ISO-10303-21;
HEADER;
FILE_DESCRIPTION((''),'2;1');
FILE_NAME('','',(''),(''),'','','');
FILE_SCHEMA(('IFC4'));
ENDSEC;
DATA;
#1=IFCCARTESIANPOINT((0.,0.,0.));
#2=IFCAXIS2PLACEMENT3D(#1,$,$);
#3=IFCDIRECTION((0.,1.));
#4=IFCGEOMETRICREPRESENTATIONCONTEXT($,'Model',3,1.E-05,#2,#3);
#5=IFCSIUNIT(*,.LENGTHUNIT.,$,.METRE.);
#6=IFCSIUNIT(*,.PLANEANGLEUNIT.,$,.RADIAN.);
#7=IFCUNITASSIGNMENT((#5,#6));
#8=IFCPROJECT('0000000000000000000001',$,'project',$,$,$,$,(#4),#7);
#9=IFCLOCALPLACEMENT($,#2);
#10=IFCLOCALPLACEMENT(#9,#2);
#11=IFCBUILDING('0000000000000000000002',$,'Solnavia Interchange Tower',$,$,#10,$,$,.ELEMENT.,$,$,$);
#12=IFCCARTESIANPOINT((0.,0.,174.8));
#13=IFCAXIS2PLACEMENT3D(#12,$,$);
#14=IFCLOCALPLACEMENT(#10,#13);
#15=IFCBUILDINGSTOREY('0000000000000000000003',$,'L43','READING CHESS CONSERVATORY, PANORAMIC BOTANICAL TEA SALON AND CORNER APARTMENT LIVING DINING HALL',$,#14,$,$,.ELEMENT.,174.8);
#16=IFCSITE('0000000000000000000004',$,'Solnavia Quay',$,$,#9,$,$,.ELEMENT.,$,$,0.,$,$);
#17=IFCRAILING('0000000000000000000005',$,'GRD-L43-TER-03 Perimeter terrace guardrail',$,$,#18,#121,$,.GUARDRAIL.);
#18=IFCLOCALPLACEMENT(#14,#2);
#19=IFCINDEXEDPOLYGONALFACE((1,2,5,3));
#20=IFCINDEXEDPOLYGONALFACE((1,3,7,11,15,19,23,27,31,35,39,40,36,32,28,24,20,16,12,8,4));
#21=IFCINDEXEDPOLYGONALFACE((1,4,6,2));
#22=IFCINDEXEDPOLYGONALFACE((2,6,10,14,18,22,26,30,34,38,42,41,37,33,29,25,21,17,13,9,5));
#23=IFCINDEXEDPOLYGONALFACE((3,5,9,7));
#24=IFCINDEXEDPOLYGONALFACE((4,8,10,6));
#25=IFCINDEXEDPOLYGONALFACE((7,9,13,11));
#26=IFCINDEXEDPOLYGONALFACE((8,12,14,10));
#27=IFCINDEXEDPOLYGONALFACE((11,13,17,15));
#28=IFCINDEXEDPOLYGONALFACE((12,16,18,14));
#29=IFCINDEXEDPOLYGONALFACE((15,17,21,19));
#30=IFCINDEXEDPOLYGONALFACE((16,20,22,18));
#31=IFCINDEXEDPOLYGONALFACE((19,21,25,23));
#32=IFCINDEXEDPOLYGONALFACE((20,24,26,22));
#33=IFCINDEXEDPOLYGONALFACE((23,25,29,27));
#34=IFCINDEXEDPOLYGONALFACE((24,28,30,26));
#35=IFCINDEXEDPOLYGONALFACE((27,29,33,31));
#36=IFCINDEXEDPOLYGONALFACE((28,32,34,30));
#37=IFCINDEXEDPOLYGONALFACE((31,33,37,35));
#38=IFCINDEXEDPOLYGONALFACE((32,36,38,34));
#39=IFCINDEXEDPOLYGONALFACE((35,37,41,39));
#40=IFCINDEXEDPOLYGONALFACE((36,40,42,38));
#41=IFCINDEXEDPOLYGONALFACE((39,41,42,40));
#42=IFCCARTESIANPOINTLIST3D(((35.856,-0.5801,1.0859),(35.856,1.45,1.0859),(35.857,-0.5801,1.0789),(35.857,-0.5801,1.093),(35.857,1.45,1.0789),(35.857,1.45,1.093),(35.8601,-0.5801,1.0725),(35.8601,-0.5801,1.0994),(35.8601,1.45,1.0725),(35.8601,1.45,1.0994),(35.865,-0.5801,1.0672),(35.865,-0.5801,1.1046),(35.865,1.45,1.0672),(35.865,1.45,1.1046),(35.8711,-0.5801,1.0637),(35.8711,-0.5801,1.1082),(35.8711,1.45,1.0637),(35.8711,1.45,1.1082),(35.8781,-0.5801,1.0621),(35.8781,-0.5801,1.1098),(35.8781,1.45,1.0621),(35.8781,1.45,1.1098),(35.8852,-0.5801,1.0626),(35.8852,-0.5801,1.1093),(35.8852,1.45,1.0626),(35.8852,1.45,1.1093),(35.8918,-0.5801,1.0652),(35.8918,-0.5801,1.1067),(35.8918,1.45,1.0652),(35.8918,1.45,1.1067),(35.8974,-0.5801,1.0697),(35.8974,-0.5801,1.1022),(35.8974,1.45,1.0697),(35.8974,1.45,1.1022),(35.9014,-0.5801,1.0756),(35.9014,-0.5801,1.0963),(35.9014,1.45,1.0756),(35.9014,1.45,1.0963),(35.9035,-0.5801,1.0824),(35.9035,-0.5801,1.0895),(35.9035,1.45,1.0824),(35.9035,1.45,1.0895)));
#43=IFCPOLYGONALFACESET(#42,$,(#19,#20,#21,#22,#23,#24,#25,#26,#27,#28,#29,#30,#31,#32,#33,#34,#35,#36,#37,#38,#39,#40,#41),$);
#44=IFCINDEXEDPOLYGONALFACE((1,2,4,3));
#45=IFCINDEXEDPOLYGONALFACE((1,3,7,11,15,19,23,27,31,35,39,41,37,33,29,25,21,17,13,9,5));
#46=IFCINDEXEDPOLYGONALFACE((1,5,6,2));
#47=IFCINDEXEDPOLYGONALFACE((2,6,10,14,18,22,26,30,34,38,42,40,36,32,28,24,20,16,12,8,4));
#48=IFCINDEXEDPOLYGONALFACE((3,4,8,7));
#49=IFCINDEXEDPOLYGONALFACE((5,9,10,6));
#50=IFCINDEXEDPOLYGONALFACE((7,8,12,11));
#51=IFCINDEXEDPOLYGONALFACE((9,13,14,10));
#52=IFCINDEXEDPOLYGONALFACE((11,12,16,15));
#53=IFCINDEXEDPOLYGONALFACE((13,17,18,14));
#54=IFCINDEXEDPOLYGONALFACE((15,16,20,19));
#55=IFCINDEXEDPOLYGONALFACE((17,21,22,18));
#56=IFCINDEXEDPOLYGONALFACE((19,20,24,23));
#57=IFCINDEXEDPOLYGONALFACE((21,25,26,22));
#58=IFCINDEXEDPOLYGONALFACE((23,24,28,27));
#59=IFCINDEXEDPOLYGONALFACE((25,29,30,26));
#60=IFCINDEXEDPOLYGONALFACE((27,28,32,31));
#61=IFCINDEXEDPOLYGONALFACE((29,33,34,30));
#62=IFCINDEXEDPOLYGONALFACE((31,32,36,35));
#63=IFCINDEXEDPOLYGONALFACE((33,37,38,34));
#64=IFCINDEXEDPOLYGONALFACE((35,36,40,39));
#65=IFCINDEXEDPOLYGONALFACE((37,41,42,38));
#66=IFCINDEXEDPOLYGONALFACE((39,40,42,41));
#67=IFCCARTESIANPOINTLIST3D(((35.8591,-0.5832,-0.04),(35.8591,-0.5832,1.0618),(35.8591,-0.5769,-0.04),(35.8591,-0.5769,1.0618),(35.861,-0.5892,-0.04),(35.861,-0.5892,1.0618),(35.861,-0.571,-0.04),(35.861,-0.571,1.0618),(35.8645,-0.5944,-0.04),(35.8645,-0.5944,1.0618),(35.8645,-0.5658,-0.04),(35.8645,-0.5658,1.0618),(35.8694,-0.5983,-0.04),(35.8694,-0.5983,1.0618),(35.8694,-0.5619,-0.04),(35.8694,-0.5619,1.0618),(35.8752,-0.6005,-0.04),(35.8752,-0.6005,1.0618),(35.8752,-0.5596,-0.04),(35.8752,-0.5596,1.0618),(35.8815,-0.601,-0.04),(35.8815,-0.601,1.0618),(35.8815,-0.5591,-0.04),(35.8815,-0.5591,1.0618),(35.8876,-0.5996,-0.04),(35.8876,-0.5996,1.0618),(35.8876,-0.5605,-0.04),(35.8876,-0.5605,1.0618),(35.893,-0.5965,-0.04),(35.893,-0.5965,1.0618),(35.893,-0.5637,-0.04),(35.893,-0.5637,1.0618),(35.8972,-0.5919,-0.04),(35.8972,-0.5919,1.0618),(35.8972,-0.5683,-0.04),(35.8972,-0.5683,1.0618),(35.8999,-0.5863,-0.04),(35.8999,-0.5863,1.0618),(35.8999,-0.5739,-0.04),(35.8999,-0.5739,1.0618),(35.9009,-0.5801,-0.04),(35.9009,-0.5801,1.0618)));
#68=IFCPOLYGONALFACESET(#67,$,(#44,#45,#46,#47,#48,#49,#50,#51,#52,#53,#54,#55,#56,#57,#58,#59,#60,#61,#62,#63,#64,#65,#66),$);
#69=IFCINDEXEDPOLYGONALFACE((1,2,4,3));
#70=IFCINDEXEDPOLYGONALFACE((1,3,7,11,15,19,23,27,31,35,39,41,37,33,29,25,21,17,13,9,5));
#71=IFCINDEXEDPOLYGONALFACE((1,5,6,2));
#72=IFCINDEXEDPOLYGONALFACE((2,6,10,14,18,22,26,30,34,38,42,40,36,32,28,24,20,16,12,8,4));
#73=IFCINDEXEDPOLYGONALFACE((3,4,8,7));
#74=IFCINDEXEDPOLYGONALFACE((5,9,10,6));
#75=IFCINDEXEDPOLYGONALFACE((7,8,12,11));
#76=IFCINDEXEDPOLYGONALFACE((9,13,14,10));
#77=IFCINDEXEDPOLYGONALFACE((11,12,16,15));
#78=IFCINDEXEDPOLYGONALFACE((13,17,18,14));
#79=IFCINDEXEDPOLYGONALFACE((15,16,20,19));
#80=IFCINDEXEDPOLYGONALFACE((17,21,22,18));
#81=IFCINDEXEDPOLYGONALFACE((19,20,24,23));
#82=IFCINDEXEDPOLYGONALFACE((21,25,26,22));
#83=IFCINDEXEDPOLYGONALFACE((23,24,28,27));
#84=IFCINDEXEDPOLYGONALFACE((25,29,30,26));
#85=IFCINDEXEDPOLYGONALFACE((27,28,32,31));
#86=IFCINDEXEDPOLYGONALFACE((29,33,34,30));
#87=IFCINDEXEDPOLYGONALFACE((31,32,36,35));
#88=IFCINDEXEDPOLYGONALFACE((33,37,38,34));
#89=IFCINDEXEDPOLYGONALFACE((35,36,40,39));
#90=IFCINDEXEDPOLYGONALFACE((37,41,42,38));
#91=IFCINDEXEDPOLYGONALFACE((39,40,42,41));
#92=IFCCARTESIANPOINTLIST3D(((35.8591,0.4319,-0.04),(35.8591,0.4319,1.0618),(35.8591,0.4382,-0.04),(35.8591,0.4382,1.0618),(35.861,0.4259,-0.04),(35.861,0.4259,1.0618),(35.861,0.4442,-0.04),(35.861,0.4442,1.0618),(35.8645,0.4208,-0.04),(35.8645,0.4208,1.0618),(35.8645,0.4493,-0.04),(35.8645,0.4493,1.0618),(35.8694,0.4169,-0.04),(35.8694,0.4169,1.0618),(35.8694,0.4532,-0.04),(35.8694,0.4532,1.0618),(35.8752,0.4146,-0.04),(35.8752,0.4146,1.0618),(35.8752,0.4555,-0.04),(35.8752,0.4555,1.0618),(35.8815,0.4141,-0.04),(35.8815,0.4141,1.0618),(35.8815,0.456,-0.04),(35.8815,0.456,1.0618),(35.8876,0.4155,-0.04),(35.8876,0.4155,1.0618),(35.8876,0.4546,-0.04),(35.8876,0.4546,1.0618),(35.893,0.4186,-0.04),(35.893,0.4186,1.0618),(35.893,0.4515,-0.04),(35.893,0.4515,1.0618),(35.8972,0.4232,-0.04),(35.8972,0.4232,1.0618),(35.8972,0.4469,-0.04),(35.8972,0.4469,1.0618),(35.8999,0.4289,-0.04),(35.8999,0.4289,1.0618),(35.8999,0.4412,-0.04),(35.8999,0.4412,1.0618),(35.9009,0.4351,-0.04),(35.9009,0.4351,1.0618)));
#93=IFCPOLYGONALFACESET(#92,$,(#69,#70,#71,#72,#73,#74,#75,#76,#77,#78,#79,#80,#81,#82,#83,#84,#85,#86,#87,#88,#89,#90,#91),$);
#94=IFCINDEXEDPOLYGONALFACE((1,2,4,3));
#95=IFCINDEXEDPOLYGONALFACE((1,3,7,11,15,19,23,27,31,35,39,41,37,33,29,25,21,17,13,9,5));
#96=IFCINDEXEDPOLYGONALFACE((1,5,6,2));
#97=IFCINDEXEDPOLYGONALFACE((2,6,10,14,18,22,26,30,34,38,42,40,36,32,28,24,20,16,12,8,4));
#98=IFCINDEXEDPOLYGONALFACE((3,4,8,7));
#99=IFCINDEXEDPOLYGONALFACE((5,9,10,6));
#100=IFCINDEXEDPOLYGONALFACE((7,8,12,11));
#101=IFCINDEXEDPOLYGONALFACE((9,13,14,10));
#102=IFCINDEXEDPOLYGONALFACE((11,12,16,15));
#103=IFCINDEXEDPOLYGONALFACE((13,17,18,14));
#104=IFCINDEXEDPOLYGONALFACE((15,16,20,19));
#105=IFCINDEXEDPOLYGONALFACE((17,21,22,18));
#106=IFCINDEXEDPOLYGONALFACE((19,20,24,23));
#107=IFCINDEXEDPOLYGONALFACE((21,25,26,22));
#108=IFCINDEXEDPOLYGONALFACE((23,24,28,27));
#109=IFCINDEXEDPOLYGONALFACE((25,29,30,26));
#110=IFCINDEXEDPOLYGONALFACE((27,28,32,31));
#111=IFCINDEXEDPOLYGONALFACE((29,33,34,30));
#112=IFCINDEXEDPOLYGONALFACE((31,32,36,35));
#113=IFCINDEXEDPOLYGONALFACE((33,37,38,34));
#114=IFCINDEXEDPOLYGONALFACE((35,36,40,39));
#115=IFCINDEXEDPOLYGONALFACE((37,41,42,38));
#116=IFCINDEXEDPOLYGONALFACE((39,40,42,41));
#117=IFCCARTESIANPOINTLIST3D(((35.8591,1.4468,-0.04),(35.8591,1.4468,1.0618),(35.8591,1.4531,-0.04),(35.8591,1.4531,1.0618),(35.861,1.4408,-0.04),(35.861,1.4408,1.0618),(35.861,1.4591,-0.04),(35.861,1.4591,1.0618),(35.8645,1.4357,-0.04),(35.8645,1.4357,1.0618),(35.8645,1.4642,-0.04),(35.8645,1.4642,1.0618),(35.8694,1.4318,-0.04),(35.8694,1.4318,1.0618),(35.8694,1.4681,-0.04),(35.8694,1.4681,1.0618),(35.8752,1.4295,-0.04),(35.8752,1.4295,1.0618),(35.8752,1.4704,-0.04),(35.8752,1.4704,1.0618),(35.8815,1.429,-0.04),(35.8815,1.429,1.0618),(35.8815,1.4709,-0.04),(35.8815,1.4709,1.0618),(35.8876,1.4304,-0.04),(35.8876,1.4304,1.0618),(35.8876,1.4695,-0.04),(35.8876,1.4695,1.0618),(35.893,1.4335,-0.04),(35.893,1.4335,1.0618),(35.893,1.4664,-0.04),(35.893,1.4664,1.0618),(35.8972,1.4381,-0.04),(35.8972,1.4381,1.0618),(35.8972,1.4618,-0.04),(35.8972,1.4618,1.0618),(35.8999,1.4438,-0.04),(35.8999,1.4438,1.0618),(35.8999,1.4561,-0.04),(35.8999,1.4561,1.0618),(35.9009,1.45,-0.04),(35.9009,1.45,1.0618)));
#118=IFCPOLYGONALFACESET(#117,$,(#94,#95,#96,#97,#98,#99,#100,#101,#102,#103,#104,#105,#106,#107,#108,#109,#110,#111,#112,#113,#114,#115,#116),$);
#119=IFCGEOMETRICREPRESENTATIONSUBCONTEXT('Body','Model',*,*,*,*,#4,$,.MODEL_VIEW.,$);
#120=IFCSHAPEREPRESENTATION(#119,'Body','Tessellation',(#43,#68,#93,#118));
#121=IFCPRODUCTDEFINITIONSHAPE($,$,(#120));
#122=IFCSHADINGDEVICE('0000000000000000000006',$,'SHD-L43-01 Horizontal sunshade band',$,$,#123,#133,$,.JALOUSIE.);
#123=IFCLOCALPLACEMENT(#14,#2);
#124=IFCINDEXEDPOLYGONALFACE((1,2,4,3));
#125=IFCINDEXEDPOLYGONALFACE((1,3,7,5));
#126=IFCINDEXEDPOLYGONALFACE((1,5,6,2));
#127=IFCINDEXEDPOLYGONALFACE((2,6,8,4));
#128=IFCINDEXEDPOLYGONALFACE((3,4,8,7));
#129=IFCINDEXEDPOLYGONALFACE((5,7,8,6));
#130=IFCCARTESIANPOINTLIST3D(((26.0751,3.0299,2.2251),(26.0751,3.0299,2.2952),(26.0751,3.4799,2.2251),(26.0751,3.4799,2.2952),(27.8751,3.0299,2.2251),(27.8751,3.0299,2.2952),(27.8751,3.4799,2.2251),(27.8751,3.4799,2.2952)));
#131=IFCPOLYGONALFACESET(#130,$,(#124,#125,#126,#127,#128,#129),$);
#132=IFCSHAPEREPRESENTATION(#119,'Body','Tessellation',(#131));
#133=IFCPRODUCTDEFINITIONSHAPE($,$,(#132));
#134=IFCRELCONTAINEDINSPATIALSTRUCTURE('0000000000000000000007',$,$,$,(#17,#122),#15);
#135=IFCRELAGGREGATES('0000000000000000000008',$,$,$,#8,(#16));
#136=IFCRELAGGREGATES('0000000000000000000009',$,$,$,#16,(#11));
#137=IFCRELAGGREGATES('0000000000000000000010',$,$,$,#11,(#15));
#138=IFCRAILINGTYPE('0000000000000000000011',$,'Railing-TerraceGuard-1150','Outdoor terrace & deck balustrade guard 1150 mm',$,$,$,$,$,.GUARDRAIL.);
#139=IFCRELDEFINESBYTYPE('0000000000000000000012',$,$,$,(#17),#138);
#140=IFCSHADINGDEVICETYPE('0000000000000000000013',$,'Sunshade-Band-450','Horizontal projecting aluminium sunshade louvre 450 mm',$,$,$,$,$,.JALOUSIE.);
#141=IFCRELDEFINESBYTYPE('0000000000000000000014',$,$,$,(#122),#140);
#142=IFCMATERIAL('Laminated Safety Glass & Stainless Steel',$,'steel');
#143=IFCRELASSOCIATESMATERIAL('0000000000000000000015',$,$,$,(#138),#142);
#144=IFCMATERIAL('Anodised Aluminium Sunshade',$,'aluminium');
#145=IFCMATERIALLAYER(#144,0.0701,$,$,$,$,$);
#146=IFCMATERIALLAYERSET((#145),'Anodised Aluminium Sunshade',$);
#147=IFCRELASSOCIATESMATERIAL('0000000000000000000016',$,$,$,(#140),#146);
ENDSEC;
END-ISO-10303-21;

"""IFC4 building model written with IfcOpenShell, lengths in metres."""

from ifc_helpers import new_model, si_unit, direction, frame, origin, origin_2d, place, context, subcontext, project, spatial, rectangle, circle, extrude, material, layer, layer_set, type_object, element, save


model = new_model("IFC4")

# Units and contexts
model_context = context("Model", 3, precision=1e-05, world=origin(), true_north=direction((0.0, 1.0)))
body_context = subcontext(model_context, "Body", "Model", "MODEL_VIEW")
ifc_project = project(units=[si_unit("LENGTHUNIT", "METRE"), si_unit("PLANEANGLEUNIT", "RADIAN")], contexts=[model_context])

# Site, building, storey
site_placement = place(None, origin())
site = spatial("IfcSite", under=ifc_project, at=site_placement, Name="Solnavia Quay", CompositionType="ELEMENT", RefElevation=0.0)
building_placement = place(site_placement, origin())
building = spatial("IfcBuilding", under=site, at=building_placement, Name="Solnavia Interchange Tower", CompositionType="ELEMENT")
storey_placement = place(building_placement, frame((0.0, 0.0, 174.8)))
storey = spatial("IfcBuildingStorey", under=building, at=storey_placement, Name="L43", Description="READING CHESS CONSERVATORY, PANORAMIC BOTANICAL TEA SALON AND CORNER APARTMENT LIVING DINING HALL", CompositionType="ELEMENT", Elevation=174.8)

# Railing
ifc_material_1 = material(Name="Laminated Safety Glass & Stainless Steel", Category="steel")
railing_type = type_object("IfcRailingType", Name="Railing-TerraceGuard-1150", Description="Outdoor terrace & deck balustrade guard 1150 mm", PredefinedType="GUARDRAIL", material=ifc_material_1)
railing_1_placement = place(storey_placement, frame((35.8799, -0.5801, -0.04)))
element("IfcRailing", 1, at=railing_1_placement, inside=storey, type_object=railing_type, Name="GRD-L43-TER-03 Perimeter terrace guardrail", PredefinedType="GUARDRAIL", context=body_context, shape_type="SweptSolid", body=[
    extrude(circle(Radius=0.0239, at=origin_2d()), frame((0.0, 0.0, 1.126), z_axis=(0.0, 1.0, 0.0), x_axis=(-1.0, 0.0, 0.0)), (0.0, 0.0, 1.0), 2.03),
    extrude(circle(Radius=0.021, at=origin_2d()), origin(), (0.0, 0.0, 1.0), 1.1018),
    extrude(circle(Radius=0.021, at=origin_2d()), frame((0.0, 1.0151, 0.0)), (0.0, 0.0, 1.0), 1.1018),
    extrude(circle(Radius=0.021, at=origin_2d()), frame((0.0, 2.03, 0.0)), (0.0, 0.0, 1.0), 1.1018),
])

# Shading device
ifc_material_2 = material(Name="Anodised Aluminium Sunshade", Category="aluminium")
ifc_layer_1 = layer(ifc_material_2, 0.0701)
ifc_layer_set_1 = layer_set([ifc_layer_1], Name="Anodised Aluminium Sunshade")
shading_device_type = type_object("IfcShadingDeviceType", Name="Sunshade-Band-450", Description="Horizontal projecting aluminium sunshade louvre 450 mm", PredefinedType="JALOUSIE", material=ifc_layer_set_1)
shading_device_placement = place(storey_placement, frame((26.9751, 3.2549, 2.2251), z_axis=(0.0, 0.0, 1.0), x_axis=(-1.0, 0.0, 0.0)))
element("IfcShadingDevice", 2, at=shading_device_placement, inside=storey, type_object=shading_device_type, Name="SHD-L43-01 Horizontal sunshade band", PredefinedType="JALOUSIE", context=body_context, shape_type="SweptSolid", body=[
    extrude(rectangle(XDim=1.8, YDim=0.45, at=origin_2d()), origin(), (0.0, 0.0, 1.0), 0.0701),
])

save(model, "model.ifc")
